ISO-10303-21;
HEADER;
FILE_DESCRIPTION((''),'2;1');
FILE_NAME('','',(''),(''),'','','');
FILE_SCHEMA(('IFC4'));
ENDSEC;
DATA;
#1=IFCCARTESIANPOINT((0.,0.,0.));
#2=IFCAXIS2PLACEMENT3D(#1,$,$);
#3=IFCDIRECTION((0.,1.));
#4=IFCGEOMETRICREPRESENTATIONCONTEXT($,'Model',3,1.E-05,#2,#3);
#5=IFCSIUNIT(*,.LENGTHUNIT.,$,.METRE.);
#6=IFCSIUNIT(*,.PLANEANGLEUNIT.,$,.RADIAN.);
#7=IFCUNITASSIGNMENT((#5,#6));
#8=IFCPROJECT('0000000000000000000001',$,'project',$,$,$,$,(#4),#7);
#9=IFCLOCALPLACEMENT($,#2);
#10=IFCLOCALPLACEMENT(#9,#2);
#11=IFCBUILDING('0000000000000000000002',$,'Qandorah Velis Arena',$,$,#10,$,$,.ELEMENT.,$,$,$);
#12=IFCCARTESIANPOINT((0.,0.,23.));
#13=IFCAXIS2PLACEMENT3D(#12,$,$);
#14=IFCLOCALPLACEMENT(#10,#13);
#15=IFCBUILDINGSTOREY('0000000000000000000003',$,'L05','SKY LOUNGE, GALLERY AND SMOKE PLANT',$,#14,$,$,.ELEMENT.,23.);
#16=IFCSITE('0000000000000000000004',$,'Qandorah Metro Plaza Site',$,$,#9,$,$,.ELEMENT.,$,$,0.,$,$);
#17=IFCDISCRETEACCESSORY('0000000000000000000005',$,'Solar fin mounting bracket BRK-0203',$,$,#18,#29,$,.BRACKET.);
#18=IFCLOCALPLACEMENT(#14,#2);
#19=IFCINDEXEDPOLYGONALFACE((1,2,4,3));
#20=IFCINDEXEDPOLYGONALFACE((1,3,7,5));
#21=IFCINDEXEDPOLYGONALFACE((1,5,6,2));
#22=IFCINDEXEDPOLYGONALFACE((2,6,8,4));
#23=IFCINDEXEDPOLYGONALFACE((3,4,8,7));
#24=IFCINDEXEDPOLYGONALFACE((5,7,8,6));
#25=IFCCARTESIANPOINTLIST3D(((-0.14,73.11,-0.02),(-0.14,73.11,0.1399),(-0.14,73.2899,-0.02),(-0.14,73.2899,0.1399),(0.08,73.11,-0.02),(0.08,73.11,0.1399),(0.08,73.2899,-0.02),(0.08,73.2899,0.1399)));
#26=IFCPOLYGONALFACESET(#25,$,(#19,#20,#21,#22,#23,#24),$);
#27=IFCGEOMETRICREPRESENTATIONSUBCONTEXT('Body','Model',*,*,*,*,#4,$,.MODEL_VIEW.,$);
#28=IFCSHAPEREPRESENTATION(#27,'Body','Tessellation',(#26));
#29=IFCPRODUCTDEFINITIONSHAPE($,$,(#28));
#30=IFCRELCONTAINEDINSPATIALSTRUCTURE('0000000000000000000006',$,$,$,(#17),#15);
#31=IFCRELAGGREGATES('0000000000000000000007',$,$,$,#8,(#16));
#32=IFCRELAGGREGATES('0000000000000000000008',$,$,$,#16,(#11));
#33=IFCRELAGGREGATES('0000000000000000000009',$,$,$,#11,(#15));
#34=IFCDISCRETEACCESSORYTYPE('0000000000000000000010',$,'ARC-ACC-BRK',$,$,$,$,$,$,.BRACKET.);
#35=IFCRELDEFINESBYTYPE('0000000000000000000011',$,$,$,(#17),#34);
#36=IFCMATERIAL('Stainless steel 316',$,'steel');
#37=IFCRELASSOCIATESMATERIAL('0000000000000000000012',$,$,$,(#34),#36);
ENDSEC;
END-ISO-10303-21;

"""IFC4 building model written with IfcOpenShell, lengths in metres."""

from ifc_helpers import new_model, si_unit, direction, frame, origin, origin_2d, place, context, subcontext, project, spatial, rectangle, extrude, material, type_object, element, save


model = new_model("IFC4")

# Units and contexts
model_context = context("Model", 3, precision=1e-05, world=origin(), true_north=direction((0.0, 1.0)))
body_context = subcontext(model_context, "Body", "Model", "MODEL_VIEW")
ifc_project = project(units=[si_unit("LENGTHUNIT", "METRE"), si_unit("PLANEANGLEUNIT", "RADIAN")], contexts=[model_context])

# Site, building, storey
site_placement = place(None, origin())
site = spatial("IfcSite", under=ifc_project, at=site_placement, Name="Qandorah Metro Plaza Site", CompositionType="ELEMENT", RefElevation=0.0)
building_placement = place(site_placement, origin())
building = spatial("IfcBuilding", under=site, at=building_placement, Name="Qandorah Velis Arena", CompositionType="ELEMENT")
storey_placement = place(building_placement, frame((0.0, 0.0, 23.0)))
storey = spatial("IfcBuildingStorey", under=building, at=storey_placement, Name="L05", Description="SKY LOUNGE, GALLERY AND SMOKE PLANT", CompositionType="ELEMENT", Elevation=23.0)

# Shared definitions
ifc_material_1 = material(Name="Stainless steel 316", Category="steel")

# Discrete accessory
discrete_accessory_type = type_object("IfcDiscreteAccessoryType", Name="ARC-ACC-BRK", PredefinedType="BRACKET", material=ifc_material_1)
for number, where, z_axis, x_axis, name in (
    (1, (-0.03, 73.2, -0.02), (0.0, 0.0, 1.0), (1.0, 0.0, 0.0), "Solar fin mounting bracket BRK-0203"),
):
    element("IfcDiscreteAccessory", number, at=place(storey_placement, frame(where, z_axis=z_axis, x_axis=x_axis)), inside=storey, type_object=discrete_accessory_type, Name=name, PredefinedType="BRACKET", context=body_context, shape_type="SweptSolid", body=[
        extrude(rectangle(XDim=0.22, YDim=0.1799, at=origin_2d()), origin(), (0.0, 0.0, 1.0), 0.1599),
    ])

save(model, "model.ifc")
